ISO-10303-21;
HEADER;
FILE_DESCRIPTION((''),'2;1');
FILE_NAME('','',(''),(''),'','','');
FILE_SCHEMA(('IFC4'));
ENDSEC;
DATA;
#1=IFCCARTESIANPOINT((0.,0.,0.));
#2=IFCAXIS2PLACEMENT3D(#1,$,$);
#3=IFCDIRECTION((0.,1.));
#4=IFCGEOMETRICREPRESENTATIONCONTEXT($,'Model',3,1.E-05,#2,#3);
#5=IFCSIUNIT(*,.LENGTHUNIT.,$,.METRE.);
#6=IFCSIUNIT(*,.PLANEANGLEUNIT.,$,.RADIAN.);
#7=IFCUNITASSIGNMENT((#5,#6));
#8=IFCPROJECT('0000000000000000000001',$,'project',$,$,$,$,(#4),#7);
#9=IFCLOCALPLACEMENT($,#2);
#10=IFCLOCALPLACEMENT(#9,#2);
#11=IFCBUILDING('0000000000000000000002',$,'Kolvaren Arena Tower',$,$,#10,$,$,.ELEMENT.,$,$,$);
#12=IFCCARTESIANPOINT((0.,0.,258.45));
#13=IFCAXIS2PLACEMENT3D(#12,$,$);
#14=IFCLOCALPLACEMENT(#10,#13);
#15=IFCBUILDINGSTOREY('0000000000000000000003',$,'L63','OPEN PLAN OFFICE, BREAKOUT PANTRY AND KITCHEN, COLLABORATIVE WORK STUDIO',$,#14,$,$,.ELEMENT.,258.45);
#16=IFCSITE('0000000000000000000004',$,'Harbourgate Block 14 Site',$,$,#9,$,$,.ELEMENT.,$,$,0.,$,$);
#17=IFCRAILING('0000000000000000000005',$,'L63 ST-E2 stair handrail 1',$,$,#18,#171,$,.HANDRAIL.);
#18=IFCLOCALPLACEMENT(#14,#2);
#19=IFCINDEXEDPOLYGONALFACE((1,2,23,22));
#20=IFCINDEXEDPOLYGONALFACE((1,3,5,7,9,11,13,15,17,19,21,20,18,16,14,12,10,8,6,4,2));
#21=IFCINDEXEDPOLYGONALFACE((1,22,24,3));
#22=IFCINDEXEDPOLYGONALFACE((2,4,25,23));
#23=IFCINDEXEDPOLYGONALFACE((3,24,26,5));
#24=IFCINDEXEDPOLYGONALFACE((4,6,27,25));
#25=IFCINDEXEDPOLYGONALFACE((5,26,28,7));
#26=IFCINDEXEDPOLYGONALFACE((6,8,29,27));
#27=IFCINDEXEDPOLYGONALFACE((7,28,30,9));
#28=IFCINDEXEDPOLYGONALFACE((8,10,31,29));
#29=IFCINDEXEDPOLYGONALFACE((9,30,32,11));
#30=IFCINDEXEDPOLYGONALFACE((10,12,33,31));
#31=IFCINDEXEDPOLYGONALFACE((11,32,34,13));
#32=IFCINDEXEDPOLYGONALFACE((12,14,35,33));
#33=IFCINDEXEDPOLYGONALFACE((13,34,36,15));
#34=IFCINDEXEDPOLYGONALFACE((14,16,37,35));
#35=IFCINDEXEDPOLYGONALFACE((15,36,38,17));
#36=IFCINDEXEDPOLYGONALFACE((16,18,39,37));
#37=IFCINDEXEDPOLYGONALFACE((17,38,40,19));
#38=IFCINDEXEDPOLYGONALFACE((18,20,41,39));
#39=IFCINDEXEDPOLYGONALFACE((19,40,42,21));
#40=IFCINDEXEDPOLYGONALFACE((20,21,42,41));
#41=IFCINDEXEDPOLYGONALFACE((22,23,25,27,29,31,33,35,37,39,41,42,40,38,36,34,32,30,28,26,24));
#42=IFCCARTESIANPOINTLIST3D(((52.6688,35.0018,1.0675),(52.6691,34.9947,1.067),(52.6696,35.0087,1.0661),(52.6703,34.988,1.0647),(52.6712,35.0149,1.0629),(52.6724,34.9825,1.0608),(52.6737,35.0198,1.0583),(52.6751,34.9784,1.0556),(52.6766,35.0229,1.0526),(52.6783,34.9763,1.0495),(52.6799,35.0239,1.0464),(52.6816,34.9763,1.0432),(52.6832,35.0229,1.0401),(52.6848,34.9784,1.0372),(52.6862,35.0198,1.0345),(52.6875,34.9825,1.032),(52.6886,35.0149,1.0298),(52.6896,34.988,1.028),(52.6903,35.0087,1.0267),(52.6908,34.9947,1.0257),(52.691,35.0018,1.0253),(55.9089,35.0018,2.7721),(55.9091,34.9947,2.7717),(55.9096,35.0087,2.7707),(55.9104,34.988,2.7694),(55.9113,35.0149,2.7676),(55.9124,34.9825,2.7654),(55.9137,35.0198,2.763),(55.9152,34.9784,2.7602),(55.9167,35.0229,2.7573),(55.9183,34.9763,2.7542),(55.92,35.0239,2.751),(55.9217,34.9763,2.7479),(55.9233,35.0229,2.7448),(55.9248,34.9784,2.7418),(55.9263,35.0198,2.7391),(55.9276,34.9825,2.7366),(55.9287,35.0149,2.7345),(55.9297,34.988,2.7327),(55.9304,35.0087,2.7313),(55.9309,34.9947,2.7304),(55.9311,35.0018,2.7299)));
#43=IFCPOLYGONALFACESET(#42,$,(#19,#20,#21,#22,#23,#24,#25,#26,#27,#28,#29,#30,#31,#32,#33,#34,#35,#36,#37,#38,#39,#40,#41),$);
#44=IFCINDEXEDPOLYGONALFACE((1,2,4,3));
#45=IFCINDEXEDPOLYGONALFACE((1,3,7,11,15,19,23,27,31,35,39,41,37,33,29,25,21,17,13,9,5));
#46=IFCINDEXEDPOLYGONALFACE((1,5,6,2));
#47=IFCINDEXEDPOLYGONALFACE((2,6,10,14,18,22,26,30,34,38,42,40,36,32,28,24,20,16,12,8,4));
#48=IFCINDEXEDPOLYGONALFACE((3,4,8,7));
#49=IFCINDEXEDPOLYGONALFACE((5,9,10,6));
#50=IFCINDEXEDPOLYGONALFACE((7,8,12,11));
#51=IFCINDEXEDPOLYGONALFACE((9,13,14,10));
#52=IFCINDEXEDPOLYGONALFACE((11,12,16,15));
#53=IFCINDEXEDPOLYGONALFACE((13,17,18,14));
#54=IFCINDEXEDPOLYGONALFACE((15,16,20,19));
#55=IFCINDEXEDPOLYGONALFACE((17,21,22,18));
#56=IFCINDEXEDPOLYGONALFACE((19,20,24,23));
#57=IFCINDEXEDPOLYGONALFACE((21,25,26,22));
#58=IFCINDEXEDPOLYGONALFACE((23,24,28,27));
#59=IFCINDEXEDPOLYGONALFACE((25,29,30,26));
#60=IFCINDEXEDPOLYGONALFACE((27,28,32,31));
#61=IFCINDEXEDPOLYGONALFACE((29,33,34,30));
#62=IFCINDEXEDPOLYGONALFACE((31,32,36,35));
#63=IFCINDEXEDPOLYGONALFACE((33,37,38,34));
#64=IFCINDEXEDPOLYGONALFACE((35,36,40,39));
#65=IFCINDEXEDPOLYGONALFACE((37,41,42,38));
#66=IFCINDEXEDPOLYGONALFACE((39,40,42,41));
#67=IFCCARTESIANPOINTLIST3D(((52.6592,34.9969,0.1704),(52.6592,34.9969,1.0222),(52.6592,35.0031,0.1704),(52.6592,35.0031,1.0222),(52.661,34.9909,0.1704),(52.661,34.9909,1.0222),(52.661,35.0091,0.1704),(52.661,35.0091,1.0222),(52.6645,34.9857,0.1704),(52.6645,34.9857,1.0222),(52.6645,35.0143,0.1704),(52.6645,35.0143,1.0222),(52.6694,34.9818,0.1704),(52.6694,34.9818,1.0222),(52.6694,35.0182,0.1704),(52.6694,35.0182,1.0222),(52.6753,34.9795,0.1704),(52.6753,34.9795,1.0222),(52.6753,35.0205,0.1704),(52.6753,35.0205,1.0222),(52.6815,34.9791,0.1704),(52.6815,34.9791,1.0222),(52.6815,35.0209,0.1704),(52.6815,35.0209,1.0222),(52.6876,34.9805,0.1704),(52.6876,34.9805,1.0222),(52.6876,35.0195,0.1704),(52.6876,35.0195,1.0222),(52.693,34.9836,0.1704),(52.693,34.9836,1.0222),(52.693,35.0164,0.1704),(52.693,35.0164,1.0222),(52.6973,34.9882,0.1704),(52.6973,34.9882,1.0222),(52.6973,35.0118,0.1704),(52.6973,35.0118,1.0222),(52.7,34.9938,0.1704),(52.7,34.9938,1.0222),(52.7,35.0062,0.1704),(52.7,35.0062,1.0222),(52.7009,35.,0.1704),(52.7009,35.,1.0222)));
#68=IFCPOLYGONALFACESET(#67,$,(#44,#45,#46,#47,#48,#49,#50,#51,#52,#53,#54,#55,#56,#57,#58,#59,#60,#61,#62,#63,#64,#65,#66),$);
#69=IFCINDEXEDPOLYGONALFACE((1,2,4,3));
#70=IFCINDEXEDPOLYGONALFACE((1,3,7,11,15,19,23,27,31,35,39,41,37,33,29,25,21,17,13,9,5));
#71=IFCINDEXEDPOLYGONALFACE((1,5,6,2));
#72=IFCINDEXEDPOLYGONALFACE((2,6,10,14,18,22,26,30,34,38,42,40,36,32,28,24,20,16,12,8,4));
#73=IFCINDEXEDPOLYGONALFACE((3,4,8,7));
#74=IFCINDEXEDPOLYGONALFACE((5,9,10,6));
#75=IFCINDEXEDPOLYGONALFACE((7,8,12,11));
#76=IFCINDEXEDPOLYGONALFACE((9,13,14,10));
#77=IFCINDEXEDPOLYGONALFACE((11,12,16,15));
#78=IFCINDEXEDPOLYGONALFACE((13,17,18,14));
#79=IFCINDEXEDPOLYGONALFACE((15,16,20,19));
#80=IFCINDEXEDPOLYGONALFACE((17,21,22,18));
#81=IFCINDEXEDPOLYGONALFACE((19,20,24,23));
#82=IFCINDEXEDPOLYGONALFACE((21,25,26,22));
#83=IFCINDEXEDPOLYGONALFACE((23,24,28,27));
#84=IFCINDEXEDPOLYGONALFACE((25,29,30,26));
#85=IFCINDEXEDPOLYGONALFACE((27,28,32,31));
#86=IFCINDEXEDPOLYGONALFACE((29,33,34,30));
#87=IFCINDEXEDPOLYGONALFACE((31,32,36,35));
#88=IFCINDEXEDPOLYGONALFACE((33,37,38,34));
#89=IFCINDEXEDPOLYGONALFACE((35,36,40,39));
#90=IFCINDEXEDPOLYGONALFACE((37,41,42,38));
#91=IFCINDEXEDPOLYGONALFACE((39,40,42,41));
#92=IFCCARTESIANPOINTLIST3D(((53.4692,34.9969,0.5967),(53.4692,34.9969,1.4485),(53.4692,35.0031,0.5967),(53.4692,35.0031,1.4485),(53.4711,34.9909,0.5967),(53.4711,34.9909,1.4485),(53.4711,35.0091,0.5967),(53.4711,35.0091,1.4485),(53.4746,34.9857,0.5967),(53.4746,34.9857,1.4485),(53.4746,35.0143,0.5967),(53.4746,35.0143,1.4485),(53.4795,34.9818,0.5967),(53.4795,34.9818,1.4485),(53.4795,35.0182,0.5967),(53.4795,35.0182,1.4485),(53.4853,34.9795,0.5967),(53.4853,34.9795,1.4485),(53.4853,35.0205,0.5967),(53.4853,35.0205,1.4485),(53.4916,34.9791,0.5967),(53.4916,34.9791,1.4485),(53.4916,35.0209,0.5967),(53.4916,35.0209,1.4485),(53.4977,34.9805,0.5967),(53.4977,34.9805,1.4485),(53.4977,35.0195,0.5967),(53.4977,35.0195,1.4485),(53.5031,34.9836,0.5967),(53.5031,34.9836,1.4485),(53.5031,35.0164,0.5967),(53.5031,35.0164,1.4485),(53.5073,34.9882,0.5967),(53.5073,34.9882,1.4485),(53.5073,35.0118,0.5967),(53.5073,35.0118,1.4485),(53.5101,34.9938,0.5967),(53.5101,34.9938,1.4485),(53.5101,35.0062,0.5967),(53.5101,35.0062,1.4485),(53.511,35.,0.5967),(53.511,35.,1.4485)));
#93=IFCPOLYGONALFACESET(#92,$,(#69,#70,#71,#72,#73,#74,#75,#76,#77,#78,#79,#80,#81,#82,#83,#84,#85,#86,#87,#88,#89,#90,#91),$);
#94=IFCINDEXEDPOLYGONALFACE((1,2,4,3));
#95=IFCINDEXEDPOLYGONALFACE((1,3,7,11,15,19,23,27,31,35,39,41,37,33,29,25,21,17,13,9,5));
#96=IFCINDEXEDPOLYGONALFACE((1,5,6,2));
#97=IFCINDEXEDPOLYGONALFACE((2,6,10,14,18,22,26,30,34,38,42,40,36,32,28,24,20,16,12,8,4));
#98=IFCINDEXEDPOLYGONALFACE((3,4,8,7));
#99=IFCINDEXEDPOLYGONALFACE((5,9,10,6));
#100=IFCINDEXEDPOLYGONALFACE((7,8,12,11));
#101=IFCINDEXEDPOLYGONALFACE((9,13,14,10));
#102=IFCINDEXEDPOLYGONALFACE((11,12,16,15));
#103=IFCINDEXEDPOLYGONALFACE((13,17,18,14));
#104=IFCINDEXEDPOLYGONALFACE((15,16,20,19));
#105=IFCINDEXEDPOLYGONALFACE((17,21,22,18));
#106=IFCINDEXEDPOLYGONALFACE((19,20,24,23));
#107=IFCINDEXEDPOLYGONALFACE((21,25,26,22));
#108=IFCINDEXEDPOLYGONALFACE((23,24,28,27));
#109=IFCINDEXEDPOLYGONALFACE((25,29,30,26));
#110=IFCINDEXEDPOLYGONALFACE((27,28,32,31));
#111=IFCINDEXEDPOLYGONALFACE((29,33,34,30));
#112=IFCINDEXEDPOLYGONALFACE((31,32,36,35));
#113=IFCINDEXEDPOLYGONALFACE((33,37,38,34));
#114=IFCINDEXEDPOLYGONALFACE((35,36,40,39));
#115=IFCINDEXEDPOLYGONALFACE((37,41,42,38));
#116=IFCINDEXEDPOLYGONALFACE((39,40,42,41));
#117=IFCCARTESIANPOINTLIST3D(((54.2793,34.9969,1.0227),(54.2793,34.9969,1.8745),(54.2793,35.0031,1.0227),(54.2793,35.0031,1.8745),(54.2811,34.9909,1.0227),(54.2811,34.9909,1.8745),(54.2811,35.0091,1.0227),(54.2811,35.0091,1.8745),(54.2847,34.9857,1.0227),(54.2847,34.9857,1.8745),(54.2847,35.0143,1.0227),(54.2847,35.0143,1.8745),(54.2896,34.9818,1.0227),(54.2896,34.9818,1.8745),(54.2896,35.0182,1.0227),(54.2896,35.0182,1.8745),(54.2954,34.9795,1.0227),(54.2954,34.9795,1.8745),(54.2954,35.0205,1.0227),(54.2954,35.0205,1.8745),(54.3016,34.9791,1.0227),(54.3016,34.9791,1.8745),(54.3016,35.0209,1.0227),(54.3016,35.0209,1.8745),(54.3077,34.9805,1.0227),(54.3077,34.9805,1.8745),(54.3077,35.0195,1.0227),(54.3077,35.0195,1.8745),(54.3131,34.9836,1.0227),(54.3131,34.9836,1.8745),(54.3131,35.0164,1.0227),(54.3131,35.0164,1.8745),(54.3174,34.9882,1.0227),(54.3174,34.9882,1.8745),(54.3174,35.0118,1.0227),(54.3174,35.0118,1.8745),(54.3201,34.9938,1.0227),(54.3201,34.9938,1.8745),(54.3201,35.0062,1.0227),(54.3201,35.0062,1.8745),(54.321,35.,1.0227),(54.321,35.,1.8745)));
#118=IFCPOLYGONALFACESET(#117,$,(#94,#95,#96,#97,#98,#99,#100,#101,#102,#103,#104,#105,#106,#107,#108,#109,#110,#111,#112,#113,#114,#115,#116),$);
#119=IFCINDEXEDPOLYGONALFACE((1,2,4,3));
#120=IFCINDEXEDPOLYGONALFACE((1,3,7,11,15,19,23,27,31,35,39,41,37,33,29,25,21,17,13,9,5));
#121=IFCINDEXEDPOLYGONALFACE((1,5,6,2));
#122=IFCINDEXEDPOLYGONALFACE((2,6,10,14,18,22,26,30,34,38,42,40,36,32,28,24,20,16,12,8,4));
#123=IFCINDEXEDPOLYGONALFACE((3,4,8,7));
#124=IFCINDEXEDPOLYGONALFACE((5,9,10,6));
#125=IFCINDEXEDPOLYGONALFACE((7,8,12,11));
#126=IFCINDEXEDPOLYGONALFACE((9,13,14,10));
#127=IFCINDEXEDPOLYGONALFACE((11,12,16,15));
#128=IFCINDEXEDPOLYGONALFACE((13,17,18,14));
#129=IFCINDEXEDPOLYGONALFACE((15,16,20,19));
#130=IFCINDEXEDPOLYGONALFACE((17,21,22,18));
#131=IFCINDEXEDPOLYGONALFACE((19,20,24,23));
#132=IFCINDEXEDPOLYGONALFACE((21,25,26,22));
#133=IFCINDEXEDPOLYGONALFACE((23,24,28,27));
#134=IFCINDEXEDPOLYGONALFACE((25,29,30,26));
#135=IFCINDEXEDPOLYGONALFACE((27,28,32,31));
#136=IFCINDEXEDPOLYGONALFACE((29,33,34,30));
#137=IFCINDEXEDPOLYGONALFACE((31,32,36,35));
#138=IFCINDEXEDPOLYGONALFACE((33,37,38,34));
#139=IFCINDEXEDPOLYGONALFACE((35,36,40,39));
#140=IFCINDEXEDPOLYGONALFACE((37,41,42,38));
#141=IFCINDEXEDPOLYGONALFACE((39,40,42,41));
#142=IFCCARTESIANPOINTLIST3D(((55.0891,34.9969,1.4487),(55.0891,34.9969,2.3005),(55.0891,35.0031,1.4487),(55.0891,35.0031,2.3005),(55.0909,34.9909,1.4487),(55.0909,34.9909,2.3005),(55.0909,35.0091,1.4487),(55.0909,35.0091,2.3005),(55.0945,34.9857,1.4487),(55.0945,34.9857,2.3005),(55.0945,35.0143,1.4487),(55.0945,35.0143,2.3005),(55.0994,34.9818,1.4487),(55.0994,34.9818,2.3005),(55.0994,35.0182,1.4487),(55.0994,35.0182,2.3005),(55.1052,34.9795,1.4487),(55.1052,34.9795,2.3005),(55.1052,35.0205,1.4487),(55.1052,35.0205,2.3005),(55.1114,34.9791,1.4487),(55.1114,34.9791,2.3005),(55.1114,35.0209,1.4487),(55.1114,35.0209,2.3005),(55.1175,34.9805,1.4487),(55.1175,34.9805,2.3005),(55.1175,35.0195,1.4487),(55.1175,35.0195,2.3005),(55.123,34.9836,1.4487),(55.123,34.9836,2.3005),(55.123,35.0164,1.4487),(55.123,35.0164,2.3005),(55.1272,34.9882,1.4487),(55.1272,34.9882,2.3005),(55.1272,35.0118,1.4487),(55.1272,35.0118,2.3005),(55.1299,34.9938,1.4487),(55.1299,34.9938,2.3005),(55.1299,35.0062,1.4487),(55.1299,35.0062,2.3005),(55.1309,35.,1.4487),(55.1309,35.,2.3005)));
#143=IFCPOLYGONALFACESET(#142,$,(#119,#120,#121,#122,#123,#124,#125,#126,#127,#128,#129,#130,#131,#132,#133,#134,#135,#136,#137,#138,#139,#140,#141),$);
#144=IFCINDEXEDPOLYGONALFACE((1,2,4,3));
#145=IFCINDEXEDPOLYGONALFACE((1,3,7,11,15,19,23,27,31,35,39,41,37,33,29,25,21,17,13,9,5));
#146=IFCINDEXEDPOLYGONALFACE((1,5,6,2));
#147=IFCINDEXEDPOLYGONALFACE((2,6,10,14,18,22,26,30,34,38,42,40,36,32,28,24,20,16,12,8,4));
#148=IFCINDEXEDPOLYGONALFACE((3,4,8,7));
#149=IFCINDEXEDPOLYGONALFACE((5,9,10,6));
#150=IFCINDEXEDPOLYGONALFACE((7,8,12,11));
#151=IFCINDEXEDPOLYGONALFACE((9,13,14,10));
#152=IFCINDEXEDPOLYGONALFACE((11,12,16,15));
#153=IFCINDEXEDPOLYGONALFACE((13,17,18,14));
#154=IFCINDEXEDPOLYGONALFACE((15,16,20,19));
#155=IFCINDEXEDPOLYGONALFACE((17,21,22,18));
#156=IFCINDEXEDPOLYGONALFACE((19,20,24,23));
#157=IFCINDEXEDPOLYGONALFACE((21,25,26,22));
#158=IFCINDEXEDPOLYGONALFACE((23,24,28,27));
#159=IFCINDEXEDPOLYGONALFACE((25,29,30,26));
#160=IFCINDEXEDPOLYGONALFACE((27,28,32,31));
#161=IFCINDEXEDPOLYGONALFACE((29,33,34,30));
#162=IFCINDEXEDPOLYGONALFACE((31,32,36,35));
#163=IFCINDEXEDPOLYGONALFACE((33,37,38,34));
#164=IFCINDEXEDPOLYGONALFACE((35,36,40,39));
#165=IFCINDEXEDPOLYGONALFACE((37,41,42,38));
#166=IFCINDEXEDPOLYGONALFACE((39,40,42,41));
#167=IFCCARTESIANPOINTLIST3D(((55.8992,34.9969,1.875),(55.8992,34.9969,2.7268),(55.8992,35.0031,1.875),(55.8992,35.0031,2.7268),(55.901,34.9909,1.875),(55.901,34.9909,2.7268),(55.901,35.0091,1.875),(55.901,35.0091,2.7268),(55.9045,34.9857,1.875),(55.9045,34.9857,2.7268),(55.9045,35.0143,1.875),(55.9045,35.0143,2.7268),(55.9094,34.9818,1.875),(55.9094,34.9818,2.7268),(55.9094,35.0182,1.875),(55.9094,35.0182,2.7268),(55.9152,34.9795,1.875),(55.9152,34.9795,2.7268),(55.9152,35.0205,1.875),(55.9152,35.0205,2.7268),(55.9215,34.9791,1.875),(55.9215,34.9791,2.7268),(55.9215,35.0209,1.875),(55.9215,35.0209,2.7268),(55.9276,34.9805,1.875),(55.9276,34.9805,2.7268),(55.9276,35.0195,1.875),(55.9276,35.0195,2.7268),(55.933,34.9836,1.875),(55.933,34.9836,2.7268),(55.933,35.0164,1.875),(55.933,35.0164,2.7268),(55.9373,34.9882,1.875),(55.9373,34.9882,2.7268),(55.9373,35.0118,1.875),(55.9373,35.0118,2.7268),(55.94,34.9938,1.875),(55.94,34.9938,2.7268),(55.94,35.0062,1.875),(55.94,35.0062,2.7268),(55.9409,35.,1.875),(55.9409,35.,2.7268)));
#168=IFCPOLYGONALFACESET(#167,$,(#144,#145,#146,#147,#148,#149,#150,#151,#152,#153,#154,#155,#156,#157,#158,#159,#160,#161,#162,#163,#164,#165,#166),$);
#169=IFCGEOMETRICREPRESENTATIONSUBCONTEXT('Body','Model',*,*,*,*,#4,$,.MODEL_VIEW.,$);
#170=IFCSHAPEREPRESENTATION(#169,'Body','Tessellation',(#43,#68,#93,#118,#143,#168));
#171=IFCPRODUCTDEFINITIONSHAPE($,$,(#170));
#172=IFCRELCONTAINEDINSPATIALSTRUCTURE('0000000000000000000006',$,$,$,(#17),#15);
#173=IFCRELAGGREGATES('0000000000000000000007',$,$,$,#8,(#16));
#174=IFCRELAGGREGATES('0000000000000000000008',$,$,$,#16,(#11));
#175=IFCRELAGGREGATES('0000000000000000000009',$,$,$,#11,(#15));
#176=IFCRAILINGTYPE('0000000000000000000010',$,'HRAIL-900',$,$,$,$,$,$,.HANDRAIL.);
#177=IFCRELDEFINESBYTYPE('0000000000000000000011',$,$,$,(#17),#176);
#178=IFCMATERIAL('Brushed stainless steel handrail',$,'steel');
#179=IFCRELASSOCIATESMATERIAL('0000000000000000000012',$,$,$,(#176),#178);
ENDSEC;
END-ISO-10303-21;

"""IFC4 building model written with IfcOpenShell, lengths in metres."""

from ifc_helpers import new_model, si_unit, direction, frame, origin, origin_2d, place, context, subcontext, project, spatial, circle, extrude, material, type_object, element, save


model = new_model("IFC4")

# Units and contexts
model_context = context("Model", 3, precision=1e-05, world=origin(), true_north=direction((0.0, 1.0)))
body_context = subcontext(model_context, "Body", "Model", "MODEL_VIEW")
ifc_project = project(units=[si_unit("LENGTHUNIT", "METRE"), si_unit("PLANEANGLEUNIT", "RADIAN")], contexts=[model_context])

# Site, building, storey
site_placement = place(None, origin())
site = spatial("IfcSite", under=ifc_project, at=site_placement, Name="Harbourgate Block 14 Site", CompositionType="ELEMENT", RefElevation=0.0)
building_placement = place(site_placement, origin())
building = spatial("IfcBuilding", under=site, at=building_placement, Name="Kolvaren Arena Tower", CompositionType="ELEMENT")
storey_placement = place(building_placement, frame((0.0, 0.0, 258.45)))
storey = spatial("IfcBuildingStorey", under=building, at=storey_placement, Name="L63", Description="OPEN PLAN OFFICE, BREAKOUT PANTRY AND KITCHEN, COLLABORATIVE WORK STUDIO", CompositionType="ELEMENT", Elevation=258.45)

# Railing
ifc_material_1 = material(Name="Brushed stainless steel handrail", Category="steel")
railing_type_1 = type_object("IfcRailingType", Name="HRAIL-900", PredefinedType="HANDRAIL", material=ifc_material_1)
for number, where, name in (
    (1, (52.6799, 35.0, 0.1704), "L63 ST-E2 stair handrail 1"),
):
    element("IfcRailing", number, at=place(storey_placement, frame(where)), inside=storey, type_object=railing_type_1, Name=name, PredefinedType="HANDRAIL", context=body_context, shape_type="SweptSolid", body=[
        extrude(circle(Radius=0.0239, at=origin_2d()), frame((0.0, 0.0, 0.876), z_axis=(0.884993, 0.0, 0.465604), x_axis=(0.0, 1.0, 0.0)), (0.0, 0.0, 1.0), 3.6611),
        extrude(circle(Radius=0.021, at=origin_2d()), origin(), (0.0, 0.0, 1.0), 0.8518),
        extrude(circle(Radius=0.021, at=origin_2d()), frame((0.8101, 0.0, 0.4263)), (0.0, 0.0, 1.0), 0.8518),
        extrude(circle(Radius=0.021, at=origin_2d()), frame((1.6201, 0.0, 0.8523)), (0.0, 0.0, 1.0), 0.8518),
        extrude(circle(Radius=0.021, at=origin_2d()), frame((2.4299, 0.0, 1.2783)), (0.0, 0.0, 1.0), 0.8518),
        extrude(circle(Radius=0.021, at=origin_2d()), frame((3.24, 0.0, 1.7046)), (0.0, 0.0, 1.0), 0.8518),
    ])

save(model, "model.ifc")
